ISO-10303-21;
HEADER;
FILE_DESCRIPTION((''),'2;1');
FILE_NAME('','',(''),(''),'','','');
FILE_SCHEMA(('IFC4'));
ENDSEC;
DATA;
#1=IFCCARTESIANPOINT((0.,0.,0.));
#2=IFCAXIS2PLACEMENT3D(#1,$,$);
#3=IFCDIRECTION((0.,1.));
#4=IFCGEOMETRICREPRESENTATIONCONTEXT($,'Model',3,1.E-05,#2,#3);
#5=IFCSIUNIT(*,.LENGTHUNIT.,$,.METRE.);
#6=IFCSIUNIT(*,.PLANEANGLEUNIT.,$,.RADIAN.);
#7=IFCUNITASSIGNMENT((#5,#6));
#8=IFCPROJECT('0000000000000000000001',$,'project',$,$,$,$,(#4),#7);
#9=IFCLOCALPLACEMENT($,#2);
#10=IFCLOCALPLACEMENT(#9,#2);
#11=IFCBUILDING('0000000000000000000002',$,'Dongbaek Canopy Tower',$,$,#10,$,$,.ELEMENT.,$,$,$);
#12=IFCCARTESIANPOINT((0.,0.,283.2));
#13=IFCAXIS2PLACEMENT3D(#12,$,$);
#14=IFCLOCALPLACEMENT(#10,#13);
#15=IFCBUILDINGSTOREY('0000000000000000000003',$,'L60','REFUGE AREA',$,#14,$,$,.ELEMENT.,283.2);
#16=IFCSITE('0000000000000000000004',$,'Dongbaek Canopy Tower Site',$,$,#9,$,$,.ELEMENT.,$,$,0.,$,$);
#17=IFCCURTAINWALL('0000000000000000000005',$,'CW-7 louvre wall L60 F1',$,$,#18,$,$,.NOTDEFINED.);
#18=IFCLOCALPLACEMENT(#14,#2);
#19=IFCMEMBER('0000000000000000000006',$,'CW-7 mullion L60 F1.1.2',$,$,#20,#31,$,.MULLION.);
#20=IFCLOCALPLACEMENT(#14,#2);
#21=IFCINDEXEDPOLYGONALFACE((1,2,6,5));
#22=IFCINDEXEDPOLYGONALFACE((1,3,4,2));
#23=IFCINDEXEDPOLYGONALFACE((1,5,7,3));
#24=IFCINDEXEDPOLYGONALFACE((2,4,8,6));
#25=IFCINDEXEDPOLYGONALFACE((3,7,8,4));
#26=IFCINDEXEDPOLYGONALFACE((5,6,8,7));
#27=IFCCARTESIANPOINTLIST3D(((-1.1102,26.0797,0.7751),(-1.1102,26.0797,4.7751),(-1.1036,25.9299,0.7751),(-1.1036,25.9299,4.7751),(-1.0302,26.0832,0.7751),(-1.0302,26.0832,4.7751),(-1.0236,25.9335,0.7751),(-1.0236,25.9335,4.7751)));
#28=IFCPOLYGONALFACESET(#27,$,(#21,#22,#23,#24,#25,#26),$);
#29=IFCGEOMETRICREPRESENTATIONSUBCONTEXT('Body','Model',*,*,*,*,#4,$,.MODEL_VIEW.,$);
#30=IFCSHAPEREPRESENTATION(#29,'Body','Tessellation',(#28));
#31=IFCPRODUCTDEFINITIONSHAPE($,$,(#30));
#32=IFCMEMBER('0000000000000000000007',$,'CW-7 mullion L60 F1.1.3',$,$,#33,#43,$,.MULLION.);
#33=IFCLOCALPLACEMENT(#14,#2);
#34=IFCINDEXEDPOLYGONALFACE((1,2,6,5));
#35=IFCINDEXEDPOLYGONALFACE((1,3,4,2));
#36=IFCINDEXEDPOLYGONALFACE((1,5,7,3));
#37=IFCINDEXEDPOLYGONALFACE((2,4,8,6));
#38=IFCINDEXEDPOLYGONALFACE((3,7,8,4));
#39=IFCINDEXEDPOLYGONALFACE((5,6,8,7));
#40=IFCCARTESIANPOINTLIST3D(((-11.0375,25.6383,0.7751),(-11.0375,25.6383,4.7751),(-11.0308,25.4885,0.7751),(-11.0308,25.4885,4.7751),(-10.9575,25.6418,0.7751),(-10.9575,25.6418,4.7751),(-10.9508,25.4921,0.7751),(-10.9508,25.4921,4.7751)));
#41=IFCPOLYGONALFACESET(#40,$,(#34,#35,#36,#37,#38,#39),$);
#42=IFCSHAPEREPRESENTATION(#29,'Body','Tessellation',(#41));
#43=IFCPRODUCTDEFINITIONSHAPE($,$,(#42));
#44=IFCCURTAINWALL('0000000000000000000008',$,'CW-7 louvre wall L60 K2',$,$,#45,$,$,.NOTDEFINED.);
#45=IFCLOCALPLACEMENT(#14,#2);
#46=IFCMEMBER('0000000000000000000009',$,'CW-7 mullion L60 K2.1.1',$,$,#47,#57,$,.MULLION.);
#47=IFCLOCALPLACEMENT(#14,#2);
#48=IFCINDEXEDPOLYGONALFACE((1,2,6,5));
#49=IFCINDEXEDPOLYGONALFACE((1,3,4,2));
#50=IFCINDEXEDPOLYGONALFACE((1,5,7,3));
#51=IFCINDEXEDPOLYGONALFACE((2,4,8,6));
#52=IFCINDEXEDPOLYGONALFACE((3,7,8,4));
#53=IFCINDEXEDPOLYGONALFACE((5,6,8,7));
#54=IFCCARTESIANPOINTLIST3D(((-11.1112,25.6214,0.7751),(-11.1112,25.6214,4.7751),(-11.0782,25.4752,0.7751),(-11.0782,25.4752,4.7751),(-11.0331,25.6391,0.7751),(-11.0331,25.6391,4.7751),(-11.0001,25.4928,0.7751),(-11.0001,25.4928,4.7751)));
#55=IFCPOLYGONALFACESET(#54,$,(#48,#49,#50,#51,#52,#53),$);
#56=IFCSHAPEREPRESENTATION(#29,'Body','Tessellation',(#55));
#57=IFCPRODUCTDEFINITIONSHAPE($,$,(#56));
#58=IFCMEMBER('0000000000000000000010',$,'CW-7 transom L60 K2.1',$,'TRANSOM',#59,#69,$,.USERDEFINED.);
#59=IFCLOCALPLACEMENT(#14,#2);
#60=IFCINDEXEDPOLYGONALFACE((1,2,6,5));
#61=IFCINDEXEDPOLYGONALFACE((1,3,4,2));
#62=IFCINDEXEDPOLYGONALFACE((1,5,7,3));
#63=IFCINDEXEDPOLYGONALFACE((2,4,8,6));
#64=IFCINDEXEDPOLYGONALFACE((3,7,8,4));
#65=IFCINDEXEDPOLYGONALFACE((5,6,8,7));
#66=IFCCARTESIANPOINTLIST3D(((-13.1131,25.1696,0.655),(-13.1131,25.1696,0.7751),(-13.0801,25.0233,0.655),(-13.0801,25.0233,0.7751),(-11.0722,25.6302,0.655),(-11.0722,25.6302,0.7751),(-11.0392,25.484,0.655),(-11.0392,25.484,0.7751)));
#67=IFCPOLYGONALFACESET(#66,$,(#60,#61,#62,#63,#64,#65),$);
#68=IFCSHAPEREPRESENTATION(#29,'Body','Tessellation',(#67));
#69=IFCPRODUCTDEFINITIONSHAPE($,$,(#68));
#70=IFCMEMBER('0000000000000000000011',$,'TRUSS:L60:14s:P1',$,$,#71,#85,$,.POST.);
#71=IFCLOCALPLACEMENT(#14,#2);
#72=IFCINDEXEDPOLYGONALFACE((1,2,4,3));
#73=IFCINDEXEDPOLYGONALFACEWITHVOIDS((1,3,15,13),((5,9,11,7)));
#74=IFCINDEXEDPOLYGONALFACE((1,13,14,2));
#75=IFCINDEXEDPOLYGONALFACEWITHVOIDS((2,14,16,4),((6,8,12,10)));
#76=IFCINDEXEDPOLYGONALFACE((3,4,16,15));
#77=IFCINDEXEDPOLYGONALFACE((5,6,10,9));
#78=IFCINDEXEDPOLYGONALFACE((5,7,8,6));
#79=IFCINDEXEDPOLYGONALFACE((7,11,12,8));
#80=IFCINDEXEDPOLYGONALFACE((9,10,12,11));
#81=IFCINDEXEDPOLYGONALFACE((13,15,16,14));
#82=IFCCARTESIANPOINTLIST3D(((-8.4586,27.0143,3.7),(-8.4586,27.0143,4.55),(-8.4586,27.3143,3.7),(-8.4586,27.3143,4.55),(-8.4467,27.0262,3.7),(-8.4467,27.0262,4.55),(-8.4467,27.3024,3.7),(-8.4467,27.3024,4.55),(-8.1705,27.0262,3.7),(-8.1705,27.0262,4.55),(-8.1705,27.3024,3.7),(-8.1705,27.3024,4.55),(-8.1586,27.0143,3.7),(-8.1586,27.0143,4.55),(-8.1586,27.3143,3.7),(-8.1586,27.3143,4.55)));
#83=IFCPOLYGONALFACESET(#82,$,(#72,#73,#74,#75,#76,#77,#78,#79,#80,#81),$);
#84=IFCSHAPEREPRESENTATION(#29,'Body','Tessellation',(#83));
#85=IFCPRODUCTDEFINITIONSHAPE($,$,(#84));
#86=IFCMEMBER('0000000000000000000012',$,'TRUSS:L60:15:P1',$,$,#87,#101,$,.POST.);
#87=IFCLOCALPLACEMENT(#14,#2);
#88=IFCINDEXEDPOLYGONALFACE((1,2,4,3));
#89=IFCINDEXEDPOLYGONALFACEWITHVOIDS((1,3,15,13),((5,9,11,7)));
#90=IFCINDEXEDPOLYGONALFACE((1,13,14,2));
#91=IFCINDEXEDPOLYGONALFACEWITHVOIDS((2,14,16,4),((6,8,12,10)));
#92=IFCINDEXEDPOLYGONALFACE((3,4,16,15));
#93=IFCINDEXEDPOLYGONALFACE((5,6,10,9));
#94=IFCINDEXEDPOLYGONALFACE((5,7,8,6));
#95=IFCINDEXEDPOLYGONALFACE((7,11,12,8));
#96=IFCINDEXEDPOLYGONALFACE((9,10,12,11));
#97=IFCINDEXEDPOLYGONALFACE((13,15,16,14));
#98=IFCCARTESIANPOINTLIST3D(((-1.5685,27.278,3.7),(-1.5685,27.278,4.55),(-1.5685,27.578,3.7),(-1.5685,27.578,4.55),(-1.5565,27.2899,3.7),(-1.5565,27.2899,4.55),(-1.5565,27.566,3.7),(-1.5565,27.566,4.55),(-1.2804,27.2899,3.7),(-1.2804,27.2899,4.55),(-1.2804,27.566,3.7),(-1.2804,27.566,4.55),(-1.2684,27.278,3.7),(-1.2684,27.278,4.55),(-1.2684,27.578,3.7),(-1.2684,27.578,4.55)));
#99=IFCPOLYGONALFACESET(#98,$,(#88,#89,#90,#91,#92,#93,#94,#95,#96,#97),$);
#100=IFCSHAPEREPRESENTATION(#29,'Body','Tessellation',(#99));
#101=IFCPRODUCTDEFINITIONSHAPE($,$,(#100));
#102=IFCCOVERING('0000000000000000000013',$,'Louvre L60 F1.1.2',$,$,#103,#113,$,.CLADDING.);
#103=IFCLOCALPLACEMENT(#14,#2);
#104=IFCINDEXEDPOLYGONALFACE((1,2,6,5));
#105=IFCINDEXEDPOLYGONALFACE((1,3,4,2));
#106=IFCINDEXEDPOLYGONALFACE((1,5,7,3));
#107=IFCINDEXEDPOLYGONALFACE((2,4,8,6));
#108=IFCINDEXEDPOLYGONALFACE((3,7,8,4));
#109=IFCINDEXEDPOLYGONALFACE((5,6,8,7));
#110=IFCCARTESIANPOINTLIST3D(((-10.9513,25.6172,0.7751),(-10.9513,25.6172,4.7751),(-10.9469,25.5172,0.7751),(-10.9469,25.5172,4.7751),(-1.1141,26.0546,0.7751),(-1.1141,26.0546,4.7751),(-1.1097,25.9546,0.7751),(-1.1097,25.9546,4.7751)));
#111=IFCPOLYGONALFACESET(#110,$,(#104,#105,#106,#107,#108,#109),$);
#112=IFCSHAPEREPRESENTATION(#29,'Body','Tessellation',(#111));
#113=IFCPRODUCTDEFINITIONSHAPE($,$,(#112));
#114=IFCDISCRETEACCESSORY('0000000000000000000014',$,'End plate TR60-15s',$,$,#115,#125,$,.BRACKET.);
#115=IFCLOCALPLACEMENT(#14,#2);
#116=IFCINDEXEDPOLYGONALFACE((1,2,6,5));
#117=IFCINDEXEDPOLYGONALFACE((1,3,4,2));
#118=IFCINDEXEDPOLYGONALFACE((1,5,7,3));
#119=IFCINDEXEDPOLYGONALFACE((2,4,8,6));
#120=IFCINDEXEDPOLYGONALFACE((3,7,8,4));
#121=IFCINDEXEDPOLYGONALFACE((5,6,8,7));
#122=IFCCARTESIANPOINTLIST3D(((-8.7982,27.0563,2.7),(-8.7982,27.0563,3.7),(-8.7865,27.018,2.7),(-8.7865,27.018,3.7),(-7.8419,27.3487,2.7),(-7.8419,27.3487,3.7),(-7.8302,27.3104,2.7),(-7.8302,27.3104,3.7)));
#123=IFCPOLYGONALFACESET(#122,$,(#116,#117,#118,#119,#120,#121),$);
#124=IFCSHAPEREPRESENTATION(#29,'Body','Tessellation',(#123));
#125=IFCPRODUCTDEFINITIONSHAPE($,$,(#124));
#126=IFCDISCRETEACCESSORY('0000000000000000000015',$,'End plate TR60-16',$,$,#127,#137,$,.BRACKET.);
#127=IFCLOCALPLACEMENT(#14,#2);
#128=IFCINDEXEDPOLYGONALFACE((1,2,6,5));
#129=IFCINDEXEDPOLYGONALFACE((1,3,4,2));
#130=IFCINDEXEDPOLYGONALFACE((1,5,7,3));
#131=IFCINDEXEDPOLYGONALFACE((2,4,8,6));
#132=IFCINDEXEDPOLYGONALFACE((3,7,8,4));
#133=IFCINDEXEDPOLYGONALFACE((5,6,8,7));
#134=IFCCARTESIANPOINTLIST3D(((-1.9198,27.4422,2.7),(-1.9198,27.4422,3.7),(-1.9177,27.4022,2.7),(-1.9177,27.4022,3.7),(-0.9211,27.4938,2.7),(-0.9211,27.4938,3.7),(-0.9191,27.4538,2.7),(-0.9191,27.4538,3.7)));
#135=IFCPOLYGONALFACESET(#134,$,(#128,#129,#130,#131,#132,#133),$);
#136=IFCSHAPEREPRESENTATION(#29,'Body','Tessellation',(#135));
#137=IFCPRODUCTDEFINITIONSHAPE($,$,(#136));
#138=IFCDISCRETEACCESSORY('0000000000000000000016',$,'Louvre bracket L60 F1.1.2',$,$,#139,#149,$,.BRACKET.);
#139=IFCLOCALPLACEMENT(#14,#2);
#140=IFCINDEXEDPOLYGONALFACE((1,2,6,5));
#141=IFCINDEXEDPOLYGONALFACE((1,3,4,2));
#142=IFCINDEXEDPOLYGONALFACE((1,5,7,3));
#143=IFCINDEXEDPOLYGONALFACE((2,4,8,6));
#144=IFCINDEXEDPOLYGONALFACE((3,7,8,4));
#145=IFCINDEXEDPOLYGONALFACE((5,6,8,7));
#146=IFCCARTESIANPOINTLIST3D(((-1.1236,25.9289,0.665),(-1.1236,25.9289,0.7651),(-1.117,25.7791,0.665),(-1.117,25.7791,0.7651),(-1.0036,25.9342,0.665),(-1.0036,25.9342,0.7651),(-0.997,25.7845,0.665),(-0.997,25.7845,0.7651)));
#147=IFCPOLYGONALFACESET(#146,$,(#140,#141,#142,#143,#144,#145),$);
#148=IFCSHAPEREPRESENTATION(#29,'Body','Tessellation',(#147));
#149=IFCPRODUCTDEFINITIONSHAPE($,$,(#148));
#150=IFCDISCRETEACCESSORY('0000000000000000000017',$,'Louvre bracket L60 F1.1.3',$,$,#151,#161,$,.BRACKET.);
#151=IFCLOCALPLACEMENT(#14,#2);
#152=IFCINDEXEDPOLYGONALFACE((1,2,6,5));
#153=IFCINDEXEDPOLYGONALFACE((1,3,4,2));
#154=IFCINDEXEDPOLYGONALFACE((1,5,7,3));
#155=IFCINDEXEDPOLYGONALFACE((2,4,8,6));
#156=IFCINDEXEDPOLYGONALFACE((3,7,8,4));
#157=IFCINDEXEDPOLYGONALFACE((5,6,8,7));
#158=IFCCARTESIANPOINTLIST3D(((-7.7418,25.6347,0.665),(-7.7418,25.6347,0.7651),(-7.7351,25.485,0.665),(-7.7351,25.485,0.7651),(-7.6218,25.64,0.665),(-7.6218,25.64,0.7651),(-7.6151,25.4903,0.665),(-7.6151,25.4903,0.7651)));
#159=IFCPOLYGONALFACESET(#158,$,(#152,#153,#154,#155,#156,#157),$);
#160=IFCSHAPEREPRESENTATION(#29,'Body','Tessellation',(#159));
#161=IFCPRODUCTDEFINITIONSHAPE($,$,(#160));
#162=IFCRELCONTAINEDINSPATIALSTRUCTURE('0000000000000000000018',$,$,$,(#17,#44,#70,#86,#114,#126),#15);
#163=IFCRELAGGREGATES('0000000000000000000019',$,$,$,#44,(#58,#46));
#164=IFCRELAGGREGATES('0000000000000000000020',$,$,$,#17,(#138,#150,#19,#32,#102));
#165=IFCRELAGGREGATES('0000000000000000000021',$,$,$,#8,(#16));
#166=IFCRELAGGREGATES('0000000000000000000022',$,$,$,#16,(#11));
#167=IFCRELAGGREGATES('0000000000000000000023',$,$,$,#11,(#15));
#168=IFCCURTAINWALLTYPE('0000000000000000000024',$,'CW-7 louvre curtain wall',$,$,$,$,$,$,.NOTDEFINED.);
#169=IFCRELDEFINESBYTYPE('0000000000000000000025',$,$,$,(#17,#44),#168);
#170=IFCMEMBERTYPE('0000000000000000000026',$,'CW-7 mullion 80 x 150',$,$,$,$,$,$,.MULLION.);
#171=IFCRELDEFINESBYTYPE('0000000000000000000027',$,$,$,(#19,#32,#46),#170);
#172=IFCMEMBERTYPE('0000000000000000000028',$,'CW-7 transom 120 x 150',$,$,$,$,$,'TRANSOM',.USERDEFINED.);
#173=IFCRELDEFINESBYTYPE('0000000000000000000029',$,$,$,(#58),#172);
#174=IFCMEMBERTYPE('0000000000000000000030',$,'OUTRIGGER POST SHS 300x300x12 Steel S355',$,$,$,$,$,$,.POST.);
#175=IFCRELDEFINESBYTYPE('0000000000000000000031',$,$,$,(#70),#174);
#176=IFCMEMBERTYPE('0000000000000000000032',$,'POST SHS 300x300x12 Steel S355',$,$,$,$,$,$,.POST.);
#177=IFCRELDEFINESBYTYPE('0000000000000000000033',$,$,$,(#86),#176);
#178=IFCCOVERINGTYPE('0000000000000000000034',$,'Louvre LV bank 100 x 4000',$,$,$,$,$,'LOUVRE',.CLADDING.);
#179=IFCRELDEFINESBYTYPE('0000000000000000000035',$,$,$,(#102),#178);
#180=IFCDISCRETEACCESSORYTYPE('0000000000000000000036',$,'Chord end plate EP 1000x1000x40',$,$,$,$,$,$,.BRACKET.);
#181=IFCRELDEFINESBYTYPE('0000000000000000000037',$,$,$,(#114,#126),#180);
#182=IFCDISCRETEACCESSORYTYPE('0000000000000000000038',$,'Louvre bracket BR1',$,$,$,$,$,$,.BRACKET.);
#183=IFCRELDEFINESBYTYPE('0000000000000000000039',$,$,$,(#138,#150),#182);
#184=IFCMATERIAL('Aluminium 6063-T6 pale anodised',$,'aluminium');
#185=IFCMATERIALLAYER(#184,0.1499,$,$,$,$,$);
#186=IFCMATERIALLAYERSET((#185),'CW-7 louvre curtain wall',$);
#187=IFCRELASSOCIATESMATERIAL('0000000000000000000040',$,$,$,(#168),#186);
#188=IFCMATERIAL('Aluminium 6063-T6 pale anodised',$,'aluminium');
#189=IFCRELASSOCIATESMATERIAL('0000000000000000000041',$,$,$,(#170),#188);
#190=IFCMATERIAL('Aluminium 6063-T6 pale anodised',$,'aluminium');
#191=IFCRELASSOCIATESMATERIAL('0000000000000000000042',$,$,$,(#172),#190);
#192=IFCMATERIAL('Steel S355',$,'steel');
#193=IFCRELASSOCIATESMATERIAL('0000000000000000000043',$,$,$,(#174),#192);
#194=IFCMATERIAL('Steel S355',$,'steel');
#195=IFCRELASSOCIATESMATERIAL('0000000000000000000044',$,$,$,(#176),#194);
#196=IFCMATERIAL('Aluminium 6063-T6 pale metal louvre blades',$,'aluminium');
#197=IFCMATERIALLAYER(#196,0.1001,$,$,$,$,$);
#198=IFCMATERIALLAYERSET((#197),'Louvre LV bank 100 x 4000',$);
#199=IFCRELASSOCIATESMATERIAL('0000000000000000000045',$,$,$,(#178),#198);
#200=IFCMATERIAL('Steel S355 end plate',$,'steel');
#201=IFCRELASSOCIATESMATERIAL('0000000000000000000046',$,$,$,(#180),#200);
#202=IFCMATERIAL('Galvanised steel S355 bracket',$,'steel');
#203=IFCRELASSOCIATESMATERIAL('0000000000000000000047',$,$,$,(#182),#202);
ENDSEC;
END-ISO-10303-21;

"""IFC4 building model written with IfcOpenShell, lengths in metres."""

from ifc_helpers import new_model, si_unit, direction, frame, origin, origin_2d, place, context, subcontext, project, spatial, rectangle, hollow_rectangle, extrude, material, layer, layer_set, material_profile, profile_set, type_object, element, aggregate, save


model = new_model("IFC4")

# Units and contexts
model_context = context("Model", 3, precision=1e-05, world=origin(), true_north=direction((0.0, 1.0)))
body_context = subcontext(model_context, "Body", "Model", "MODEL_VIEW")
ifc_project = project(units=[si_unit("LENGTHUNIT", "METRE"), si_unit("PLANEANGLEUNIT", "RADIAN")], contexts=[model_context])

# Site, building, storey
site_placement = place(None, origin())
site = spatial("IfcSite", under=ifc_project, at=site_placement, Name="Dongbaek Canopy Tower Site", CompositionType="ELEMENT", RefElevation=0.0)
building_placement = place(site_placement, origin())
building = spatial("IfcBuilding", under=site, at=building_placement, Name="Dongbaek Canopy Tower", CompositionType="ELEMENT")
storey_placement = place(building_placement, frame((0.0, 0.0, 283.2)))
storey = spatial("IfcBuildingStorey", under=building, at=storey_placement, Name="L60", Description="REFUGE AREA", CompositionType="ELEMENT", Elevation=283.2)

# Curtain walls, members
ifc_material_1 = material(Name="Aluminium 6063-T6 pale anodised", Category="aluminium")
ifc_layer_1 = layer(ifc_material_1, 0.1499)
ifc_layer_set_1 = layer_set([ifc_layer_1], Name="CW-7 louvre curtain wall")
curtain_wall_type = type_object("IfcCurtainWallType", Name="CW-7 louvre curtain wall", PredefinedType="NOTDEFINED", material=ifc_layer_set_1)
curtain_wall_1_placement = place(storey_placement, origin())
curtain_wall_1 = element("IfcCurtainWall", 1, at=curtain_wall_1_placement, inside=storey, type_object=curtain_wall_type, Name="CW-7 louvre wall L60 F1", PredefinedType="NOTDEFINED")
ifc_material_2 = material(Name="Aluminium 6063-T6 pale anodised", Category="aluminium")
ifc_material_profile_1 = material_profile(ifc_material_2, rectangle(XDim=0.1499, YDim=0.0801, at=origin_2d()), Name="CW-7 mullion 80 x 150")
ifc_profile_set_1 = profile_set([ifc_material_profile_1], Name="Aluminium 6063-T6 pale anodised")
member_type_1 = type_object("IfcMemberType", Name="CW-7 mullion 80 x 150", PredefinedType="MULLION", material=ifc_profile_set_1)
member_1_placement = place(storey_placement, frame((-1.0669, 26.0066, 0.7751), z_axis=(0.0, 0.0, 1.0), x_axis=(-0.044416, 0.999013, 0.0)))
member_1 = element("IfcMember", 2, at=member_1_placement, type_object=member_type_1, Name="CW-7 mullion L60 F1.1.2", PredefinedType="MULLION", context=body_context, shape_type="SweptSolid", body=[
    extrude(rectangle(XDim=0.1499, YDim=0.0801, at=origin_2d()), origin(), (0.0, 0.0, 1.0), 4.0),
])
member_2_placement = place(storey_placement, frame((-10.9941, 25.5652, 0.7751), z_axis=(0.0, 0.0, 1.0), x_axis=(-0.044416, 0.999013, 0.0)))
member_2 = element("IfcMember", 3, at=member_2_placement, type_object=member_type_1, Name="CW-7 mullion L60 F1.1.3", PredefinedType="MULLION", context=body_context, shape_type="SweptSolid", body=[
    extrude(rectangle(XDim=0.1499, YDim=0.0801, at=origin_2d()), origin(), (0.0, 0.0, 1.0), 4.0),
])
curtain_wall_2_placement = place(storey_placement, origin())
curtain_wall_2 = element("IfcCurtainWall", 4, at=curtain_wall_2_placement, inside=storey, type_object=curtain_wall_type, Name="CW-7 louvre wall L60 K2", PredefinedType="NOTDEFINED")
member_3_placement = place(storey_placement, frame((-11.0557, 25.5571, 0.7751), z_axis=(0.0, 0.0, 1.0), x_axis=(-0.220151, 0.975466, 0.0)))
member_3 = element("IfcMember", 5, at=member_3_placement, type_object=member_type_1, Name="CW-7 mullion L60 K2.1.1", PredefinedType="MULLION", context=body_context, shape_type="SweptSolid", body=[
    extrude(rectangle(XDim=0.1499, YDim=0.0801, at=origin_2d()), origin(), (0.0, 0.0, 1.0), 4.0),
])
ifc_material_3 = material(Name="Aluminium 6063-T6 pale anodised", Category="aluminium")
ifc_material_profile_2 = material_profile(ifc_material_3, rectangle(XDim=0.1499, YDim=0.1201, at=origin_2d()), Name="CW-7 transom 120 x 150")
ifc_profile_set_2 = profile_set([ifc_material_profile_2], Name="Aluminium 6063-T6 pale anodised")
member_type_2 = type_object("IfcMemberType", Name="CW-7 transom 120 x 150", ElementType="TRANSOM", PredefinedType="USERDEFINED", material=ifc_profile_set_2)
member_4_placement = place(storey_placement, frame((-11.0557, 25.5571, 0.7151), z_axis=(-0.97546, -0.220179, 0.0), x_axis=(0.220179, -0.97546, 0.0)))
member_4 = element("IfcMember", 6, at=member_4_placement, type_object=member_type_2, Name="CW-7 transom L60 K2.1", ObjectType="TRANSOM", PredefinedType="USERDEFINED", context=body_context, shape_type="SweptSolid", body=[
    extrude(rectangle(XDim=0.1499, YDim=0.1201, at=origin_2d()), origin(), (0.0, 0.0, 1.0), 2.0923),
])
aggregate(curtain_wall_2, [member_4, member_3])

# Members
ifc_material_4 = material(Name="Steel S355", Category="steel")
ifc_material_profile_3 = material_profile(ifc_material_4, hollow_rectangle(XDim=0.3, YDim=0.3, WallThickness=0.012, at=origin_2d()), Name="OUTRIGGER POST SHS 300x300x12 Steel S355")
ifc_profile_set_3 = profile_set([ifc_material_profile_3], Name="Steel S355")
member_type_3 = type_object("IfcMemberType", Name="OUTRIGGER POST SHS 300x300x12 Steel S355", PredefinedType="POST", material=ifc_profile_set_3)
member_5_placement = place(storey_placement, frame((-8.3086, 27.1643, 3.7), z_axis=(0.0, 0.0, 1.0), x_axis=(1.0, 0.0, 0.0)))
element("IfcMember", 7, at=member_5_placement, inside=storey, type_object=member_type_3, Name="TRUSS:L60:14s:P1", PredefinedType="POST", context=body_context, shape_type="SweptSolid", body=[
    extrude(hollow_rectangle(XDim=0.3, YDim=0.3, WallThickness=0.012, at=origin_2d()), origin(), (0.0, 0.0, 1.0), 0.8501),
])
ifc_material_5 = material(Name="Steel S355", Category="steel")
ifc_material_profile_4 = material_profile(ifc_material_5, hollow_rectangle(XDim=0.3, YDim=0.3, WallThickness=0.012, at=origin_2d()), Name="POST SHS 300x300x12 Steel S355")
ifc_profile_set_4 = profile_set([ifc_material_profile_4], Name="Steel S355")
member_type_4 = type_object("IfcMemberType", Name="POST SHS 300x300x12 Steel S355", PredefinedType="POST", material=ifc_profile_set_4)
member_6_placement = place(storey_placement, frame((-1.4185, 27.428, 3.7), z_axis=(0.0, 0.0, 1.0), x_axis=(1.0, 0.0, 0.0)))
element("IfcMember", 8, at=member_6_placement, inside=storey, type_object=member_type_4, Name="TRUSS:L60:15:P1", PredefinedType="POST", context=body_context, shape_type="SweptSolid", body=[
    extrude(hollow_rectangle(XDim=0.3, YDim=0.3, WallThickness=0.012, at=origin_2d()), origin(), (0.0, 0.0, 1.0), 0.8501),
])

# Covering
ifc_material_6 = material(Name="Aluminium 6063-T6 pale metal louvre blades", Category="aluminium")
ifc_layer_2 = layer(ifc_material_6, 0.1001)
ifc_layer_set_2 = layer_set([ifc_layer_2], Name="Louvre LV bank 100 x 4000")
covering_type = type_object("IfcCoveringType", Name="Louvre LV bank 100 x 4000", ElementType="LOUVRE", PredefinedType="CLADDING", material=ifc_layer_set_2)
covering_placement = place(storey_placement, frame((-6.0305, 25.7859, 0.7751), z_axis=(0.0, 0.0, 1.0), x_axis=(-0.999013, -0.044416, 0.0)))
covering = element("IfcCovering", 9, at=covering_placement, type_object=covering_type, Name="Louvre L60 F1.1.2", PredefinedType="CLADDING", context=body_context, shape_type="SweptSolid", body=[
    extrude(rectangle(XDim=9.8469, YDim=0.1001, at=origin_2d()), origin(), (0.0, 0.0, 1.0), 4.0),
])

# Discrete accessories
ifc_material_7 = material(Name="Steel S355 end plate", Category="steel")
discrete_accessory_type_1 = type_object("IfcDiscreteAccessoryType", Name="Chord end plate EP 1000x1000x40", PredefinedType="BRACKET", material=ifc_material_7)
for number, where, z_axis, x_axis, name in (
    (10, (-8.3142, 27.1833, 2.7), (0.0, 0.0, 1.0), (0.292487, -0.95627, 0.0), "End plate TR60-15s"),
    (11, (-1.4194, 27.448, 2.7), (0.0, 0.0, 1.0), (0.051649, -0.998665, 0.0), "End plate TR60-16"),
):
    element("IfcDiscreteAccessory", number, at=place(storey_placement, frame(where, z_axis=z_axis, x_axis=x_axis)), inside=storey, type_object=discrete_accessory_type_1, Name=name, PredefinedType="BRACKET", context=body_context, shape_type="SweptSolid", body=[
        extrude(rectangle(XDim=0.04, YDim=1.0, at=origin_2d()), origin(), (0.0, 0.0, 1.0), 1.0),
    ])

# Discrete accessories
ifc_material_8 = material(Name="Galvanised steel S355 bracket", Category="steel")
discrete_accessory_type_2 = type_object("IfcDiscreteAccessoryType", Name="Louvre bracket BR1", PredefinedType="BRACKET", material=ifc_material_8)
discrete_accessory_1_placement = place(storey_placement, frame((-1.0603, 25.8567, 0.665), z_axis=(0.0, 0.0, 1.0), x_axis=(-0.999013, -0.044416, 0.0)))
discrete_accessory_1 = element("IfcDiscreteAccessory", 12, at=discrete_accessory_1_placement, type_object=discrete_accessory_type_2, Name="Louvre bracket L60 F1.1.2", PredefinedType="BRACKET", context=body_context, shape_type="SweptSolid", body=[
    extrude(rectangle(XDim=0.1201, YDim=0.1499, at=origin_2d()), origin(), (0.0, 0.0, 1.0), 0.1001),
])
discrete_accessory_2_placement = place(storey_placement, frame((-7.6785, 25.5625, 0.665), z_axis=(0.0, 0.0, 1.0), x_axis=(-0.999013, -0.044416, 0.0)))
discrete_accessory_2 = element("IfcDiscreteAccessory", 13, at=discrete_accessory_2_placement, type_object=discrete_accessory_type_2, Name="Louvre bracket L60 F1.1.3", PredefinedType="BRACKET", context=body_context, shape_type="SweptSolid", body=[
    extrude(rectangle(XDim=0.1201, YDim=0.1499, at=origin_2d()), origin(), (0.0, 0.0, 1.0), 0.1001),
])
aggregate(curtain_wall_1, [discrete_accessory_1, discrete_accessory_2, member_1, member_2, covering])

save(model, "model.ifc")
